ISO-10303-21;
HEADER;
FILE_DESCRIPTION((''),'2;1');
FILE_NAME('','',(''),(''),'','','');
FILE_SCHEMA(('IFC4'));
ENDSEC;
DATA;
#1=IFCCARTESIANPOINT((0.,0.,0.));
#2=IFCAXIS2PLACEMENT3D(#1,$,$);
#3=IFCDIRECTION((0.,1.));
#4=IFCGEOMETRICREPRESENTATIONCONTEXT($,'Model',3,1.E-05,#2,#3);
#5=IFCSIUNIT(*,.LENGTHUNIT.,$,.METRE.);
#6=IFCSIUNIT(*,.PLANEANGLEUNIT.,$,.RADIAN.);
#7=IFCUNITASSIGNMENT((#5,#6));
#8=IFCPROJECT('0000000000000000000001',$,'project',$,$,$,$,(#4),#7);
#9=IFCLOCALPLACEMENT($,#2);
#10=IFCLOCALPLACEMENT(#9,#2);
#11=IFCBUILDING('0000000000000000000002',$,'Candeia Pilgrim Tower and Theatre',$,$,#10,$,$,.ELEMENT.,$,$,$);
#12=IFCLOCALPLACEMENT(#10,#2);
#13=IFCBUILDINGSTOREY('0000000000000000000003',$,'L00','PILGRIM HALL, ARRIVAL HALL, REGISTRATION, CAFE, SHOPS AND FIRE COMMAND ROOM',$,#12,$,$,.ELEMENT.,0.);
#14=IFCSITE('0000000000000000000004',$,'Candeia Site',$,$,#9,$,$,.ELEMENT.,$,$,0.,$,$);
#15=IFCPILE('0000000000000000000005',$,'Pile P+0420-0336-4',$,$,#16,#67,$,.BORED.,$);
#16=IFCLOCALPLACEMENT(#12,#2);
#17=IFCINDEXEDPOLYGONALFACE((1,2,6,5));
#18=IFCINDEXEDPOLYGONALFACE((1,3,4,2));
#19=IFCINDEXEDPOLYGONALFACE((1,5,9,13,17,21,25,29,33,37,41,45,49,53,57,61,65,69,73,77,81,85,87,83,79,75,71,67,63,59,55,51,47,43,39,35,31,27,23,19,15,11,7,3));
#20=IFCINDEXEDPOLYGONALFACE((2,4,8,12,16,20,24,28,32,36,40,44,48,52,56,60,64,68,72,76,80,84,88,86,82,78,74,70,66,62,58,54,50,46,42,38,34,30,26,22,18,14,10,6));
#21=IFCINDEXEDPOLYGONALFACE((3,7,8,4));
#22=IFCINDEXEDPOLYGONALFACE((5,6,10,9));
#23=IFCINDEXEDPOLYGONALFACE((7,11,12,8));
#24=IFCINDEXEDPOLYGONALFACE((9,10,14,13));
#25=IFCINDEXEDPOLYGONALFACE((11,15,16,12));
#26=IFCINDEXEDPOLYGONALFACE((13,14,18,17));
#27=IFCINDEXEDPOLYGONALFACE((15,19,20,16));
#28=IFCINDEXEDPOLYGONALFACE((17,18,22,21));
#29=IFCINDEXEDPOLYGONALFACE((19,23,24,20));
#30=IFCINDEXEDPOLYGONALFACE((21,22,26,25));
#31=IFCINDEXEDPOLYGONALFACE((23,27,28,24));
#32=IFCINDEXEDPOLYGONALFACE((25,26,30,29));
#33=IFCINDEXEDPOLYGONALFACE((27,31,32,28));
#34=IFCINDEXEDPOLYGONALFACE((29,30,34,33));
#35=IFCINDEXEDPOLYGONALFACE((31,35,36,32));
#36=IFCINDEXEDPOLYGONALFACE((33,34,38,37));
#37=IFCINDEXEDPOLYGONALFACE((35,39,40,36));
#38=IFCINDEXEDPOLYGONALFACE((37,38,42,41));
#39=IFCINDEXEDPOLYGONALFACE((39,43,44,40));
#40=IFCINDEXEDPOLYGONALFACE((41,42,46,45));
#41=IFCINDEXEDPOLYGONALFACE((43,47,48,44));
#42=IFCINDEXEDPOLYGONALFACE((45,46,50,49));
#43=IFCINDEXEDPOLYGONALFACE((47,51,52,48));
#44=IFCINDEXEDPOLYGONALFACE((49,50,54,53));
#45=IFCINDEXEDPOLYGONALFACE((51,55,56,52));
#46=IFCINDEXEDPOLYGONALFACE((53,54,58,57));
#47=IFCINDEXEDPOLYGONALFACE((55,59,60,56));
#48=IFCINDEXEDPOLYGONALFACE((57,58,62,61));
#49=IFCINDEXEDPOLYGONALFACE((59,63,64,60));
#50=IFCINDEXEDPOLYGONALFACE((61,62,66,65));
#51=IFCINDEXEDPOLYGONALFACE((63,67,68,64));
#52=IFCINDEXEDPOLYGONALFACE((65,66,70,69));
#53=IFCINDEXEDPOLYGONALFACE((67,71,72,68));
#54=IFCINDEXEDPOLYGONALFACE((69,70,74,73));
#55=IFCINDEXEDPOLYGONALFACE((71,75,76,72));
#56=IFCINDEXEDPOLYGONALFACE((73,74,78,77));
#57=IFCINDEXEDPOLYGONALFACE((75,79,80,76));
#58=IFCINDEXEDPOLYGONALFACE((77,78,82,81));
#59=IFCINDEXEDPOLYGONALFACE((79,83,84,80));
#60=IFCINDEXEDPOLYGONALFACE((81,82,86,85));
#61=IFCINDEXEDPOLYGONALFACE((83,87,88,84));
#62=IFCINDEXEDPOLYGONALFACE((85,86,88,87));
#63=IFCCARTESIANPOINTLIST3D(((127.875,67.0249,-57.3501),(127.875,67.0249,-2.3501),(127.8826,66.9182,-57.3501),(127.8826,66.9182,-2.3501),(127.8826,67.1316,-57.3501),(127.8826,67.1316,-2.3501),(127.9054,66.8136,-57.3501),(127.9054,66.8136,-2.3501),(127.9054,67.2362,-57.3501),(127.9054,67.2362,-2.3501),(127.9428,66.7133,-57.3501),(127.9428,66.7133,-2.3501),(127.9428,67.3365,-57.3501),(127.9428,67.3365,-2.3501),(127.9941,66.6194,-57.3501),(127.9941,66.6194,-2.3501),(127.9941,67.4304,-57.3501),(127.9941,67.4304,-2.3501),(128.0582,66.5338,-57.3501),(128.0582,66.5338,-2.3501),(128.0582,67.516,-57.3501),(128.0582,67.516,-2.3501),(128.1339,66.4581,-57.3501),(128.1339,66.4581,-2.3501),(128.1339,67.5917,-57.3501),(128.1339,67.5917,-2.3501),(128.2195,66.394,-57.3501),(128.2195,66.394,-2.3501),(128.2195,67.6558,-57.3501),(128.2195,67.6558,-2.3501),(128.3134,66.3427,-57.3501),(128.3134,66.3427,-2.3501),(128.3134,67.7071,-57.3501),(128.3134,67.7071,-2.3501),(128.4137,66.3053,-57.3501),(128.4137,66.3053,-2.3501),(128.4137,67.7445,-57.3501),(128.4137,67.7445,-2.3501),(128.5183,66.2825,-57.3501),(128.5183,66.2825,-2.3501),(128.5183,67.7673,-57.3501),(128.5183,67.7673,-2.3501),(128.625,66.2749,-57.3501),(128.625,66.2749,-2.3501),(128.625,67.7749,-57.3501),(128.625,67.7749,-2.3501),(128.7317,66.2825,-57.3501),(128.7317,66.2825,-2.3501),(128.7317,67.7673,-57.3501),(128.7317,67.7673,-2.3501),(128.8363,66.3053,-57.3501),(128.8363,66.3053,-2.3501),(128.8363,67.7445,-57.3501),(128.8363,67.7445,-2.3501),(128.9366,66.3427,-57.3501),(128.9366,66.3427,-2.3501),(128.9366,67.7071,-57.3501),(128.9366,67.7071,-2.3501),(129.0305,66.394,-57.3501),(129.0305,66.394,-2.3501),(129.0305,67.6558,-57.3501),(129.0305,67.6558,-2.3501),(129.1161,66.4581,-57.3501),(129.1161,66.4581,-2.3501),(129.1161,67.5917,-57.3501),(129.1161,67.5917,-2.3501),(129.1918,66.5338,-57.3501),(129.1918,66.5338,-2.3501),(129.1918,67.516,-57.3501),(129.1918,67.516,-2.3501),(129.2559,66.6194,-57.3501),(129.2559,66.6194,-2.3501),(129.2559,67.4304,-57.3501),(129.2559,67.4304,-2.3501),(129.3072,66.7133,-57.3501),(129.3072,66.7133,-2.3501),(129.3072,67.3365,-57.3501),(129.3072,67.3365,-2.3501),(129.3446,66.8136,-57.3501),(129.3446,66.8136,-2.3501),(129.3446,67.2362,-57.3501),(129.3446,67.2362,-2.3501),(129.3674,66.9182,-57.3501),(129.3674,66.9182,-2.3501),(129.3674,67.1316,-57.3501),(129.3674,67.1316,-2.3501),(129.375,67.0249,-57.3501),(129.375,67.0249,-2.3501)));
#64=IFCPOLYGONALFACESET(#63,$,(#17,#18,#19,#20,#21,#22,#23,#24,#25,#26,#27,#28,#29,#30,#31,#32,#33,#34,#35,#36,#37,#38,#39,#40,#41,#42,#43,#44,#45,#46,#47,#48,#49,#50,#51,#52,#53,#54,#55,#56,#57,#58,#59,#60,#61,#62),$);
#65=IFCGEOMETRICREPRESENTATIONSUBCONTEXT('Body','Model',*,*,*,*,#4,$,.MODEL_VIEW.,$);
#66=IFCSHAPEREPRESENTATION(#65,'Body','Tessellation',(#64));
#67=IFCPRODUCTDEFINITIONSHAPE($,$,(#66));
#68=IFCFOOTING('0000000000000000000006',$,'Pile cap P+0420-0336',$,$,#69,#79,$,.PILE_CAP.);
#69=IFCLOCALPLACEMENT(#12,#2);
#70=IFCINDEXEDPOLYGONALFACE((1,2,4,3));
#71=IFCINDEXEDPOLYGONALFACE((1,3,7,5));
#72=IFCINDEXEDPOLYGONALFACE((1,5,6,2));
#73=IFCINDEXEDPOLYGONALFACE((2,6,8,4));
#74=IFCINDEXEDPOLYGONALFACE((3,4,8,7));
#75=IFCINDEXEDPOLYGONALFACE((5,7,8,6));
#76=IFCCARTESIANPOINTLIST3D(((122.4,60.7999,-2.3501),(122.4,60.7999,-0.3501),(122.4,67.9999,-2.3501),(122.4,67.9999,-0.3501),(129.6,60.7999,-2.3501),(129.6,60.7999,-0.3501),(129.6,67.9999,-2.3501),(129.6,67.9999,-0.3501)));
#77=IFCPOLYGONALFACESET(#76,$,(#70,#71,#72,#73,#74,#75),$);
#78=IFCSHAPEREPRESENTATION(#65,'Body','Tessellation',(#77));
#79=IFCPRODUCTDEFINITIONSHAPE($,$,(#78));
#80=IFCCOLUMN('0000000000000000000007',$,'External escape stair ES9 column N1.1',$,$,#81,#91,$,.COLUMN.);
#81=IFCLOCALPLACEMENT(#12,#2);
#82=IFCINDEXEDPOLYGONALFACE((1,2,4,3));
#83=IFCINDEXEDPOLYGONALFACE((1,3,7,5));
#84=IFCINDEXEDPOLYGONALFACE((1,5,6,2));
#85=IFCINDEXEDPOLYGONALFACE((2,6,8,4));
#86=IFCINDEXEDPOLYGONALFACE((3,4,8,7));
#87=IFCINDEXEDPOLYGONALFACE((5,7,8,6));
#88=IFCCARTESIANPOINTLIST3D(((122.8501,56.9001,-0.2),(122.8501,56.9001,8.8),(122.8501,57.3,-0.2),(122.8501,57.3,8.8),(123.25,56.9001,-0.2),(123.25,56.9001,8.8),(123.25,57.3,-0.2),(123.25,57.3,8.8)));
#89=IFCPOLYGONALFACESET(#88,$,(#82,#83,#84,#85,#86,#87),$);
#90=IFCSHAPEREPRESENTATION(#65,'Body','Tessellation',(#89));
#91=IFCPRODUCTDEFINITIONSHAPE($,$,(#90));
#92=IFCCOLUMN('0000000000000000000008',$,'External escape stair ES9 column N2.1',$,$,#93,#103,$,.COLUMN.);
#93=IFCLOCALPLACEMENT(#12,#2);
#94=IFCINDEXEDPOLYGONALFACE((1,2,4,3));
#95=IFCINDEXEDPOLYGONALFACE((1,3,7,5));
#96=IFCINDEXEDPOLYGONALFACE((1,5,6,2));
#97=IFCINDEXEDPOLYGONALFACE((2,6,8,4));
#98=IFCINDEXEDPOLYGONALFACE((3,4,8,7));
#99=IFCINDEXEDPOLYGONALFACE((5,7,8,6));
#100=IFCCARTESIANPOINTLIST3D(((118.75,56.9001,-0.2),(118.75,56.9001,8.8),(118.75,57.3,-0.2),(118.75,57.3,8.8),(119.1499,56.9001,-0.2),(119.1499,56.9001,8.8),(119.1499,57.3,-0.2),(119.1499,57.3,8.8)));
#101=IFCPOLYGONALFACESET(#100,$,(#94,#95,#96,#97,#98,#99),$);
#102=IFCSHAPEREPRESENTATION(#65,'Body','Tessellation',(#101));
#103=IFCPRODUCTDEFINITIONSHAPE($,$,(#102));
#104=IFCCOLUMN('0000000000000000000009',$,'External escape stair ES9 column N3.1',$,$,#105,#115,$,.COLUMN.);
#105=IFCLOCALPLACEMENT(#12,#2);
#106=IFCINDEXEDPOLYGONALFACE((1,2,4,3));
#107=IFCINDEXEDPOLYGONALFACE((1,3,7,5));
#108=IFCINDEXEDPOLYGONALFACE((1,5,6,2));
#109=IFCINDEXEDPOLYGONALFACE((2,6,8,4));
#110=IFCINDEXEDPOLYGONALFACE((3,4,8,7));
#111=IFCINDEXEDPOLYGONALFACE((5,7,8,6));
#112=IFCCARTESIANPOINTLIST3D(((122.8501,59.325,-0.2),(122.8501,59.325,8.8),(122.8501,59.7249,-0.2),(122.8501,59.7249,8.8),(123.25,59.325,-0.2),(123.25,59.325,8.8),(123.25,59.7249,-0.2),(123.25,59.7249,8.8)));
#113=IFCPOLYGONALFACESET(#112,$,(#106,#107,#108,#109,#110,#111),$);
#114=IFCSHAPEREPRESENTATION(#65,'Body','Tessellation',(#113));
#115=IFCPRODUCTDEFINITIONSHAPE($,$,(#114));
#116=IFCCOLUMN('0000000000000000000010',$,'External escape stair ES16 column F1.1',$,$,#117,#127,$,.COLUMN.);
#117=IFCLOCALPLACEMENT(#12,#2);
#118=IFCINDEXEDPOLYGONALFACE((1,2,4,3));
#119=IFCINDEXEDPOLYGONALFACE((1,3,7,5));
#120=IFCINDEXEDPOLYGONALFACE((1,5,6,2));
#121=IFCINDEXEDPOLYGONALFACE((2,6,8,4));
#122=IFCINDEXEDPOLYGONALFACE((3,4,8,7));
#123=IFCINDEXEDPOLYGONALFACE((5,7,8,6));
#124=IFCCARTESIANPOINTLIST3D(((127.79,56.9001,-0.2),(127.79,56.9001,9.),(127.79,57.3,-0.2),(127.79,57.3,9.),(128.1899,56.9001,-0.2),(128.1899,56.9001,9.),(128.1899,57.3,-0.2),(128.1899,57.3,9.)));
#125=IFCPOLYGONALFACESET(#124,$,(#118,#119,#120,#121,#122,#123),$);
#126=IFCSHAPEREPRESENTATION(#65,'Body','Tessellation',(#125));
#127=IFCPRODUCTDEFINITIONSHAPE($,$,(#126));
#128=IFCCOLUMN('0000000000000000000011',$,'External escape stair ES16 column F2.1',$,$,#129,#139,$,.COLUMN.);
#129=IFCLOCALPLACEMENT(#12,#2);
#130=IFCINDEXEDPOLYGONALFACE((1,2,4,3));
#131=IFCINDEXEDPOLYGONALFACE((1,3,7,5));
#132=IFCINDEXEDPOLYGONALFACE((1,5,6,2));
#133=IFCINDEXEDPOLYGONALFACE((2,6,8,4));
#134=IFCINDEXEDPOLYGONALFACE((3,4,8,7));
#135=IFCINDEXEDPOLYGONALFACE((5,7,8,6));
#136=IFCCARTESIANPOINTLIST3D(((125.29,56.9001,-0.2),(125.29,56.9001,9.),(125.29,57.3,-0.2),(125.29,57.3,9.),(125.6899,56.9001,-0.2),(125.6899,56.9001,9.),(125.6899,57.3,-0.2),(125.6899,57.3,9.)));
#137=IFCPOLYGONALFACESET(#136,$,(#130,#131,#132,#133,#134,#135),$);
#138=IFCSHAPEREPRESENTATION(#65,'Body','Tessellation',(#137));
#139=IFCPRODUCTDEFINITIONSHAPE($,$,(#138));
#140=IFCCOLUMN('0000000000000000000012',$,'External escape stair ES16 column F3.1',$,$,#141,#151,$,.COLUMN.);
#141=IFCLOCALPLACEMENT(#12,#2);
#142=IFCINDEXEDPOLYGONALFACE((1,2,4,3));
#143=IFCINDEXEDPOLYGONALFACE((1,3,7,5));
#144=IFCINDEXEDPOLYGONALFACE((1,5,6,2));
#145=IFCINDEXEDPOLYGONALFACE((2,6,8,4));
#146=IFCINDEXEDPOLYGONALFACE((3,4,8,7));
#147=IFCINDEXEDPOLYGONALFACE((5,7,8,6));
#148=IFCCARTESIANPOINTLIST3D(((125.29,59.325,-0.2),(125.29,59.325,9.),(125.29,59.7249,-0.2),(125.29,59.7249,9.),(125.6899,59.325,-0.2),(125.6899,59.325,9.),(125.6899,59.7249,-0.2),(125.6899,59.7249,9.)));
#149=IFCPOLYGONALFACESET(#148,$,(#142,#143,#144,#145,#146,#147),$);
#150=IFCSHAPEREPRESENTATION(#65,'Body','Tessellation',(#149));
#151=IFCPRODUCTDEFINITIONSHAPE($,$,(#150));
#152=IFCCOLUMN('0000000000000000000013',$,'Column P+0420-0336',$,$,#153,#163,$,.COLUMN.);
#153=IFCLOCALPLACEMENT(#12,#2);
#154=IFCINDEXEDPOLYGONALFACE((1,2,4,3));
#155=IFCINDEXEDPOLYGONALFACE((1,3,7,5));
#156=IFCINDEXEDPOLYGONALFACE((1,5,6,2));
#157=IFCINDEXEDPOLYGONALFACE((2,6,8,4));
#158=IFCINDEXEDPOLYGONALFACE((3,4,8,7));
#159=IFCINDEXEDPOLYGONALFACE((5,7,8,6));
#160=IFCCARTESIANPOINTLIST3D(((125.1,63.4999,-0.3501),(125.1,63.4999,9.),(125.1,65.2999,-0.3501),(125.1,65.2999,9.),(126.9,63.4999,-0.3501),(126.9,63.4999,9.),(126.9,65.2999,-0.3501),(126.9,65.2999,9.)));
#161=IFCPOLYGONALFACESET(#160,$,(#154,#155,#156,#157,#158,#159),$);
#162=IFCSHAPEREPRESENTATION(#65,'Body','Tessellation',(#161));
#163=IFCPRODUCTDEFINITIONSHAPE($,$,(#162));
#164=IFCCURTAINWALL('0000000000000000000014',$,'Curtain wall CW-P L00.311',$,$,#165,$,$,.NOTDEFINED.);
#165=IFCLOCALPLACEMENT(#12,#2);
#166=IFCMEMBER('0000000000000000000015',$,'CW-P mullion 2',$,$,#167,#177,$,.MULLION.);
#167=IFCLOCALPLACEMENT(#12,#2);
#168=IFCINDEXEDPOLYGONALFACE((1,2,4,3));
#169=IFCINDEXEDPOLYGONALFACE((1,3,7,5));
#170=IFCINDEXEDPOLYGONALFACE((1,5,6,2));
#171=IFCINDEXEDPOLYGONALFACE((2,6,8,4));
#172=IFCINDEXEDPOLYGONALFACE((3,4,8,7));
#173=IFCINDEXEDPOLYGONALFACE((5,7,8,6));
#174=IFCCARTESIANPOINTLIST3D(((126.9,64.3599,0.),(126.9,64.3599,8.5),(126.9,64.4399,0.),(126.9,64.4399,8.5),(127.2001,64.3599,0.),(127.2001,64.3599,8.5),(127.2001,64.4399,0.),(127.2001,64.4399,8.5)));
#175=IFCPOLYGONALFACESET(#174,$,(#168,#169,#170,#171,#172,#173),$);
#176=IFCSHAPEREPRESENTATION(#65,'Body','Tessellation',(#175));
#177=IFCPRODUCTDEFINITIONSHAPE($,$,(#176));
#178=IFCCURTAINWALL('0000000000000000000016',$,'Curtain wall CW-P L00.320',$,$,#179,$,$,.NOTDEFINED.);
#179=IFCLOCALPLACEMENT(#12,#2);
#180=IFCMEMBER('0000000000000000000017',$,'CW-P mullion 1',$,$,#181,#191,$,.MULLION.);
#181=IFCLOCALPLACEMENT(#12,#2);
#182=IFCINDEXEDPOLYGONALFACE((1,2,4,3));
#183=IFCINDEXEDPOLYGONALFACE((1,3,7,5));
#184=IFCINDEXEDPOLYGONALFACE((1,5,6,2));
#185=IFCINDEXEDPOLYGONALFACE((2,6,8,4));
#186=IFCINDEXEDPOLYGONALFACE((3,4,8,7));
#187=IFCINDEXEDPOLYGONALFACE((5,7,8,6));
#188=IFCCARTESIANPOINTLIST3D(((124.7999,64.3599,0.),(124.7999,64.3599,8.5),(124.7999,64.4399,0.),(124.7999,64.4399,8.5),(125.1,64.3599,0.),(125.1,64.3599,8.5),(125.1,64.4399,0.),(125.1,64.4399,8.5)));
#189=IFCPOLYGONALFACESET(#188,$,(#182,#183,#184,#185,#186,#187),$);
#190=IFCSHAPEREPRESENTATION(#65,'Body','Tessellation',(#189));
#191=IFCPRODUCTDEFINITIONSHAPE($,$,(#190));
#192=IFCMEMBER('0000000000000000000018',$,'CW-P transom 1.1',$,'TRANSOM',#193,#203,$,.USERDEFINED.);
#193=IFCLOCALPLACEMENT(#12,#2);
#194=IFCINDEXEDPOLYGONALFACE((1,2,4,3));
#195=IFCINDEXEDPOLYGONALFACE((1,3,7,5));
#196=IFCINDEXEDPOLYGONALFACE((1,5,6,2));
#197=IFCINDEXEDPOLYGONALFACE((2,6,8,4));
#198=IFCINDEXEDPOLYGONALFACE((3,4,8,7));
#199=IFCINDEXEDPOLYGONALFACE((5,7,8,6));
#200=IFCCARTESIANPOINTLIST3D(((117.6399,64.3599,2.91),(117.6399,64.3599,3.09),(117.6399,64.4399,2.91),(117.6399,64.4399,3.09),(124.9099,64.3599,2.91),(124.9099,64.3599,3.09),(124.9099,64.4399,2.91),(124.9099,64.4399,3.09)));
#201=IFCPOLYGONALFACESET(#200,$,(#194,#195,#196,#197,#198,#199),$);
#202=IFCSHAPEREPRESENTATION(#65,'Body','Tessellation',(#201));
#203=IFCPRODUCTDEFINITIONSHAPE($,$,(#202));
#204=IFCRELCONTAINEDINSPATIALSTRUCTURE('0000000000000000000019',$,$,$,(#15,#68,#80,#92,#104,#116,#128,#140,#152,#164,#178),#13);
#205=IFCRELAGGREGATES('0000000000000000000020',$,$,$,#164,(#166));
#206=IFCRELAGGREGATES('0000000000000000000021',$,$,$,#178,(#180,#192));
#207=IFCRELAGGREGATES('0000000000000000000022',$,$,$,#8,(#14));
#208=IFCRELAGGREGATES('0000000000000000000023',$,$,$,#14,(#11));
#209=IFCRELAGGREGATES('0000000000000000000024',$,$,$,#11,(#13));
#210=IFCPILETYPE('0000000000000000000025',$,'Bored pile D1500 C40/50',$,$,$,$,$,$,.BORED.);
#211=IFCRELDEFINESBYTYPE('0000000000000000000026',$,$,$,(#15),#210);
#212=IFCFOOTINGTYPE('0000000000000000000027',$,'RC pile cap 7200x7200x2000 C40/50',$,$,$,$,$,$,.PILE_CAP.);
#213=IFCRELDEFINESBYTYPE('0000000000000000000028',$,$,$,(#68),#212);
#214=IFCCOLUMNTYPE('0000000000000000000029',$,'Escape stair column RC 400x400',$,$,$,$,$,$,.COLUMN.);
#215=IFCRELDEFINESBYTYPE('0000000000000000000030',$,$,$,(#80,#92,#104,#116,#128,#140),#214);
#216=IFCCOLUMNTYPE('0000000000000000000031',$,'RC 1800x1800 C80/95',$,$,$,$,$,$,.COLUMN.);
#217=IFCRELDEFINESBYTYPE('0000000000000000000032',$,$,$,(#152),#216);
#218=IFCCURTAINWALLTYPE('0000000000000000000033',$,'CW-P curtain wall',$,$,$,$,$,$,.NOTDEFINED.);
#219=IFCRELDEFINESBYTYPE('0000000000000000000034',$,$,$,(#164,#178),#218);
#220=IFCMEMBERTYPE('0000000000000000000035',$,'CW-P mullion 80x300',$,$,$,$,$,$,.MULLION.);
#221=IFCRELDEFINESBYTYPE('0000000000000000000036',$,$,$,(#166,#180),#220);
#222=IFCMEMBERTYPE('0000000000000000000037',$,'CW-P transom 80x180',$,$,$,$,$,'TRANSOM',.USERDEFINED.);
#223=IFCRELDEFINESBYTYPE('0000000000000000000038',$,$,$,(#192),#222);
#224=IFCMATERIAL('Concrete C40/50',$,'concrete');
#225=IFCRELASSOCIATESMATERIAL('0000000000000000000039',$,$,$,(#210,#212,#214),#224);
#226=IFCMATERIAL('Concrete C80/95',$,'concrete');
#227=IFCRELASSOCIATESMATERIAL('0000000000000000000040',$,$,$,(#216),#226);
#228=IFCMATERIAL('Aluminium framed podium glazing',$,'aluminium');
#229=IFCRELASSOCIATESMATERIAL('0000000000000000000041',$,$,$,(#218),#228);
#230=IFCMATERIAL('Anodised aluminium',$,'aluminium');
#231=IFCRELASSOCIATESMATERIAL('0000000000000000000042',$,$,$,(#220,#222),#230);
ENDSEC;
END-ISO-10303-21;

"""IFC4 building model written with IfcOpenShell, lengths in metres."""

from ifc_helpers import new_model, si_unit, direction, frame, origin, origin_2d, place, context, subcontext, project, spatial, rectangle, circle, extrude, material, material_profile, profile_set, type_object, element, aggregate, save


model = new_model("IFC4")

# Units and contexts
model_context = context("Model", 3, precision=1e-05, world=origin(), true_north=direction((0.0, 1.0)))
body_context = subcontext(model_context, "Body", "Model", "MODEL_VIEW")
ifc_project = project(units=[si_unit("LENGTHUNIT", "METRE"), si_unit("PLANEANGLEUNIT", "RADIAN")], contexts=[model_context])

# Site, building, storey
site_placement = place(None, origin())
site = spatial("IfcSite", under=ifc_project, at=site_placement, Name="Candeia Site", CompositionType="ELEMENT", RefElevation=0.0)
building_placement = place(site_placement, origin())
building = spatial("IfcBuilding", under=site, at=building_placement, Name="Candeia Pilgrim Tower and Theatre", CompositionType="ELEMENT")
storey_placement = place(building_placement, origin())
storey = spatial("IfcBuildingStorey", under=building, at=storey_placement, Name="L00", Description="PILGRIM HALL, ARRIVAL HALL, REGISTRATION, CAFE, SHOPS AND FIRE COMMAND ROOM", CompositionType="ELEMENT", Elevation=0.0)

# Pile
ifc_material_1 = material(Name="Concrete C40/50", Category="concrete")
ifc_material_profile_1 = material_profile(ifc_material_1, circle(Radius=0.75, at=origin_2d()))
ifc_profile_set_1 = profile_set([ifc_material_profile_1], Name="Concrete C40/50")
pile_type = type_object("IfcPileType", Name="Bored pile D1500 C40/50", PredefinedType="BORED", material=ifc_profile_set_1)
for number, where, z_axis, x_axis, name in (
    (1, (128.625, 67.0249, -2.3501), (0.0, 0.0, -1.0), (1.0, 0.0, 0.0), "Pile P+0420-0336-4"),
):
    element("IfcPile", number, at=place(storey_placement, frame(where, z_axis=z_axis, x_axis=x_axis)), inside=storey, type_object=pile_type, Name=name, PredefinedType="BORED", context=body_context, shape_type="SweptSolid", body=[
        extrude(circle(Radius=0.75, at=origin_2d()), origin(), (0.0, 0.0, 1.0), 55.0),
    ])

# Footing
footing_type = type_object("IfcFootingType", Name="RC pile cap 7200x7200x2000 C40/50", PredefinedType="PILE_CAP", material=ifc_material_1)
footing_placement = place(storey_placement, frame((126.0, 64.3999, -2.3501), z_axis=(0.0, 0.0, 1.0), x_axis=(1.0, 0.0, 0.0)))
element("IfcFooting", 2, at=footing_placement, inside=storey, type_object=footing_type, Name="Pile cap P+0420-0336", PredefinedType="PILE_CAP", context=body_context, shape_type="SweptSolid", body=[
    extrude(rectangle(XDim=7.2, YDim=7.2, at=origin_2d()), origin(), (0.0, 0.0, 1.0), 2.0),
])

# Columns
ifc_material_profile_2 = material_profile(ifc_material_1, rectangle(XDim=0.3999, YDim=0.3999, at=origin_2d()))
ifc_profile_set_2 = profile_set([ifc_material_profile_2], Name="Concrete C40/50")
column_type_1 = type_object("IfcColumnType", Name="Escape stair column RC 400x400", PredefinedType="COLUMN", material=ifc_profile_set_2)
for number, where, z_axis, x_axis, name in (
    (3, (123.05, 57.1001, -0.2), (0.0, 0.0, 1.0), (1.0, 0.0, 0.0), "External escape stair ES9 column N1.1"),
    (4, (118.95, 57.1001, -0.2), (0.0, 0.0, 1.0), (1.0, 0.0, 0.0), "External escape stair ES9 column N2.1"),
    (5, (123.05, 59.5249, -0.2), (0.0, 0.0, 1.0), (1.0, 0.0, 0.0), "External escape stair ES9 column N3.1"),
):
    element("IfcColumn", number, at=place(storey_placement, frame(where, z_axis=z_axis, x_axis=x_axis)), inside=storey, type_object=column_type_1, Name=name, PredefinedType="COLUMN", context=body_context, shape_type="SweptSolid", body=[
        extrude(rectangle(XDim=0.3999, YDim=0.3999, at=origin_2d()), origin(), (0.0, 0.0, 1.0), 9.0),
    ])
for number, where, z_axis, x_axis, name in (
    (6, (127.99, 57.1001, -0.2), (0.0, 0.0, 1.0), (1.0, 0.0, 0.0), "External escape stair ES16 column F1.1"),
    (7, (125.49, 57.1001, -0.2), (0.0, 0.0, 1.0), (1.0, 0.0, 0.0), "External escape stair ES16 column F2.1"),
    (8, (125.49, 59.5249, -0.2), (0.0, 0.0, 1.0), (1.0, 0.0, 0.0), "External escape stair ES16 column F3.1"),
):
    element("IfcColumn", number, at=place(storey_placement, frame(where, z_axis=z_axis, x_axis=x_axis)), inside=storey, type_object=column_type_1, Name=name, PredefinedType="COLUMN", context=body_context, shape_type="SweptSolid", body=[
        extrude(rectangle(XDim=0.3999, YDim=0.3999, at=origin_2d()), origin(), (0.0, 0.0, 1.0), 9.2),
    ])
ifc_material_2 = material(Name="Concrete C80/95", Category="concrete")
ifc_material_profile_3 = material_profile(ifc_material_2, rectangle(XDim=1.8, YDim=1.8, at=origin_2d()))
ifc_profile_set_3 = profile_set([ifc_material_profile_3], Name="Concrete C80/95")
column_type_2 = type_object("IfcColumnType", Name="RC 1800x1800 C80/95", PredefinedType="COLUMN", material=ifc_profile_set_3)
column_placement = place(storey_placement, frame((126.0, 64.3999, -0.3501), z_axis=(0.0, 0.0, 1.0), x_axis=(1.0, 0.0, 0.0)))
element("IfcColumn", 9, at=column_placement, inside=storey, type_object=column_type_2, Name="Column P+0420-0336", PredefinedType="COLUMN", context=body_context, shape_type="SweptSolid", body=[
    extrude(rectangle(XDim=1.8, YDim=1.8, at=origin_2d()), origin(), (0.0, 0.0, 1.0), 9.3501),
])

# Curtain wall, member
ifc_material_3 = material(Name="Aluminium framed podium glazing", Category="aluminium")
curtain_wall_type = type_object("IfcCurtainWallType", Name="CW-P curtain wall", PredefinedType="NOTDEFINED", material=ifc_material_3)
curtain_wall_1_placement = place(storey_placement, origin())
curtain_wall_1 = element("IfcCurtainWall", 10, at=curtain_wall_1_placement, inside=storey, type_object=curtain_wall_type, Name="Curtain wall CW-P L00.311", PredefinedType="NOTDEFINED")
ifc_material_4 = material(Name="Anodised aluminium", Category="aluminium")
ifc_material_profile_4 = material_profile(ifc_material_4, rectangle(XDim=0.0801, YDim=0.3, at=origin_2d()))
ifc_profile_set_4 = profile_set([ifc_material_profile_4], Name="Anodised aluminium")
member_type_1 = type_object("IfcMemberType", Name="CW-P mullion 80x300", PredefinedType="MULLION", material=ifc_profile_set_4)
member_1_placement = place(storey_placement, frame((127.05, 64.3999, 0.0), z_axis=(0.0, 0.0, 1.0), x_axis=(0.0, -1.0, 0.0)))
member_1 = element("IfcMember", 11, at=member_1_placement, type_object=member_type_1, Name="CW-P mullion 2", PredefinedType="MULLION", context=body_context, shape_type="SweptSolid", body=[
    extrude(rectangle(XDim=0.0801, YDim=0.3, at=origin_2d()), origin(), (0.0, 0.0, 1.0), 8.5),
])
aggregate(curtain_wall_1, [member_1])

# Curtain wall, members
curtain_wall_2_placement = place(storey_placement, origin())
curtain_wall_2 = element("IfcCurtainWall", 12, at=curtain_wall_2_placement, inside=storey, type_object=curtain_wall_type, Name="Curtain wall CW-P L00.320", PredefinedType="NOTDEFINED")
member_2_placement = place(storey_placement, frame((124.95, 64.3999, 0.0), z_axis=(0.0, 0.0, 1.0), x_axis=(0.0, -1.0, 0.0)))
member_2 = element("IfcMember", 13, at=member_2_placement, type_object=member_type_1, Name="CW-P mullion 1", PredefinedType="MULLION", context=body_context, shape_type="SweptSolid", body=[
    extrude(rectangle(XDim=0.0801, YDim=0.3, at=origin_2d()), origin(), (0.0, 0.0, 1.0), 8.5),
])
ifc_material_profile_5 = material_profile(ifc_material_4, rectangle(XDim=0.0801, YDim=0.1799, at=origin_2d()))
ifc_profile_set_5 = profile_set([ifc_material_profile_5], Name="Anodised aluminium")
member_type_2 = type_object("IfcMemberType", Name="CW-P transom 80x180", ElementType="TRANSOM", PredefinedType="USERDEFINED", material=ifc_profile_set_5)
member_3_placement = place(storey_placement, frame((124.9099, 64.3999, 3.0), z_axis=(-1.0, 0.0, 0.0), x_axis=(0.0, -1.0, 0.0)))
member_3 = element("IfcMember", 14, at=member_3_placement, type_object=member_type_2, Name="CW-P transom 1.1", ObjectType="TRANSOM", PredefinedType="USERDEFINED", context=body_context, shape_type="SweptSolid", body=[
    extrude(rectangle(XDim=0.0801, YDim=0.1799, at=origin_2d()), origin(), (0.0, 0.0, 1.0), 7.27),
])
aggregate(curtain_wall_2, [member_2, member_3])

save(model, "model.ifc")
